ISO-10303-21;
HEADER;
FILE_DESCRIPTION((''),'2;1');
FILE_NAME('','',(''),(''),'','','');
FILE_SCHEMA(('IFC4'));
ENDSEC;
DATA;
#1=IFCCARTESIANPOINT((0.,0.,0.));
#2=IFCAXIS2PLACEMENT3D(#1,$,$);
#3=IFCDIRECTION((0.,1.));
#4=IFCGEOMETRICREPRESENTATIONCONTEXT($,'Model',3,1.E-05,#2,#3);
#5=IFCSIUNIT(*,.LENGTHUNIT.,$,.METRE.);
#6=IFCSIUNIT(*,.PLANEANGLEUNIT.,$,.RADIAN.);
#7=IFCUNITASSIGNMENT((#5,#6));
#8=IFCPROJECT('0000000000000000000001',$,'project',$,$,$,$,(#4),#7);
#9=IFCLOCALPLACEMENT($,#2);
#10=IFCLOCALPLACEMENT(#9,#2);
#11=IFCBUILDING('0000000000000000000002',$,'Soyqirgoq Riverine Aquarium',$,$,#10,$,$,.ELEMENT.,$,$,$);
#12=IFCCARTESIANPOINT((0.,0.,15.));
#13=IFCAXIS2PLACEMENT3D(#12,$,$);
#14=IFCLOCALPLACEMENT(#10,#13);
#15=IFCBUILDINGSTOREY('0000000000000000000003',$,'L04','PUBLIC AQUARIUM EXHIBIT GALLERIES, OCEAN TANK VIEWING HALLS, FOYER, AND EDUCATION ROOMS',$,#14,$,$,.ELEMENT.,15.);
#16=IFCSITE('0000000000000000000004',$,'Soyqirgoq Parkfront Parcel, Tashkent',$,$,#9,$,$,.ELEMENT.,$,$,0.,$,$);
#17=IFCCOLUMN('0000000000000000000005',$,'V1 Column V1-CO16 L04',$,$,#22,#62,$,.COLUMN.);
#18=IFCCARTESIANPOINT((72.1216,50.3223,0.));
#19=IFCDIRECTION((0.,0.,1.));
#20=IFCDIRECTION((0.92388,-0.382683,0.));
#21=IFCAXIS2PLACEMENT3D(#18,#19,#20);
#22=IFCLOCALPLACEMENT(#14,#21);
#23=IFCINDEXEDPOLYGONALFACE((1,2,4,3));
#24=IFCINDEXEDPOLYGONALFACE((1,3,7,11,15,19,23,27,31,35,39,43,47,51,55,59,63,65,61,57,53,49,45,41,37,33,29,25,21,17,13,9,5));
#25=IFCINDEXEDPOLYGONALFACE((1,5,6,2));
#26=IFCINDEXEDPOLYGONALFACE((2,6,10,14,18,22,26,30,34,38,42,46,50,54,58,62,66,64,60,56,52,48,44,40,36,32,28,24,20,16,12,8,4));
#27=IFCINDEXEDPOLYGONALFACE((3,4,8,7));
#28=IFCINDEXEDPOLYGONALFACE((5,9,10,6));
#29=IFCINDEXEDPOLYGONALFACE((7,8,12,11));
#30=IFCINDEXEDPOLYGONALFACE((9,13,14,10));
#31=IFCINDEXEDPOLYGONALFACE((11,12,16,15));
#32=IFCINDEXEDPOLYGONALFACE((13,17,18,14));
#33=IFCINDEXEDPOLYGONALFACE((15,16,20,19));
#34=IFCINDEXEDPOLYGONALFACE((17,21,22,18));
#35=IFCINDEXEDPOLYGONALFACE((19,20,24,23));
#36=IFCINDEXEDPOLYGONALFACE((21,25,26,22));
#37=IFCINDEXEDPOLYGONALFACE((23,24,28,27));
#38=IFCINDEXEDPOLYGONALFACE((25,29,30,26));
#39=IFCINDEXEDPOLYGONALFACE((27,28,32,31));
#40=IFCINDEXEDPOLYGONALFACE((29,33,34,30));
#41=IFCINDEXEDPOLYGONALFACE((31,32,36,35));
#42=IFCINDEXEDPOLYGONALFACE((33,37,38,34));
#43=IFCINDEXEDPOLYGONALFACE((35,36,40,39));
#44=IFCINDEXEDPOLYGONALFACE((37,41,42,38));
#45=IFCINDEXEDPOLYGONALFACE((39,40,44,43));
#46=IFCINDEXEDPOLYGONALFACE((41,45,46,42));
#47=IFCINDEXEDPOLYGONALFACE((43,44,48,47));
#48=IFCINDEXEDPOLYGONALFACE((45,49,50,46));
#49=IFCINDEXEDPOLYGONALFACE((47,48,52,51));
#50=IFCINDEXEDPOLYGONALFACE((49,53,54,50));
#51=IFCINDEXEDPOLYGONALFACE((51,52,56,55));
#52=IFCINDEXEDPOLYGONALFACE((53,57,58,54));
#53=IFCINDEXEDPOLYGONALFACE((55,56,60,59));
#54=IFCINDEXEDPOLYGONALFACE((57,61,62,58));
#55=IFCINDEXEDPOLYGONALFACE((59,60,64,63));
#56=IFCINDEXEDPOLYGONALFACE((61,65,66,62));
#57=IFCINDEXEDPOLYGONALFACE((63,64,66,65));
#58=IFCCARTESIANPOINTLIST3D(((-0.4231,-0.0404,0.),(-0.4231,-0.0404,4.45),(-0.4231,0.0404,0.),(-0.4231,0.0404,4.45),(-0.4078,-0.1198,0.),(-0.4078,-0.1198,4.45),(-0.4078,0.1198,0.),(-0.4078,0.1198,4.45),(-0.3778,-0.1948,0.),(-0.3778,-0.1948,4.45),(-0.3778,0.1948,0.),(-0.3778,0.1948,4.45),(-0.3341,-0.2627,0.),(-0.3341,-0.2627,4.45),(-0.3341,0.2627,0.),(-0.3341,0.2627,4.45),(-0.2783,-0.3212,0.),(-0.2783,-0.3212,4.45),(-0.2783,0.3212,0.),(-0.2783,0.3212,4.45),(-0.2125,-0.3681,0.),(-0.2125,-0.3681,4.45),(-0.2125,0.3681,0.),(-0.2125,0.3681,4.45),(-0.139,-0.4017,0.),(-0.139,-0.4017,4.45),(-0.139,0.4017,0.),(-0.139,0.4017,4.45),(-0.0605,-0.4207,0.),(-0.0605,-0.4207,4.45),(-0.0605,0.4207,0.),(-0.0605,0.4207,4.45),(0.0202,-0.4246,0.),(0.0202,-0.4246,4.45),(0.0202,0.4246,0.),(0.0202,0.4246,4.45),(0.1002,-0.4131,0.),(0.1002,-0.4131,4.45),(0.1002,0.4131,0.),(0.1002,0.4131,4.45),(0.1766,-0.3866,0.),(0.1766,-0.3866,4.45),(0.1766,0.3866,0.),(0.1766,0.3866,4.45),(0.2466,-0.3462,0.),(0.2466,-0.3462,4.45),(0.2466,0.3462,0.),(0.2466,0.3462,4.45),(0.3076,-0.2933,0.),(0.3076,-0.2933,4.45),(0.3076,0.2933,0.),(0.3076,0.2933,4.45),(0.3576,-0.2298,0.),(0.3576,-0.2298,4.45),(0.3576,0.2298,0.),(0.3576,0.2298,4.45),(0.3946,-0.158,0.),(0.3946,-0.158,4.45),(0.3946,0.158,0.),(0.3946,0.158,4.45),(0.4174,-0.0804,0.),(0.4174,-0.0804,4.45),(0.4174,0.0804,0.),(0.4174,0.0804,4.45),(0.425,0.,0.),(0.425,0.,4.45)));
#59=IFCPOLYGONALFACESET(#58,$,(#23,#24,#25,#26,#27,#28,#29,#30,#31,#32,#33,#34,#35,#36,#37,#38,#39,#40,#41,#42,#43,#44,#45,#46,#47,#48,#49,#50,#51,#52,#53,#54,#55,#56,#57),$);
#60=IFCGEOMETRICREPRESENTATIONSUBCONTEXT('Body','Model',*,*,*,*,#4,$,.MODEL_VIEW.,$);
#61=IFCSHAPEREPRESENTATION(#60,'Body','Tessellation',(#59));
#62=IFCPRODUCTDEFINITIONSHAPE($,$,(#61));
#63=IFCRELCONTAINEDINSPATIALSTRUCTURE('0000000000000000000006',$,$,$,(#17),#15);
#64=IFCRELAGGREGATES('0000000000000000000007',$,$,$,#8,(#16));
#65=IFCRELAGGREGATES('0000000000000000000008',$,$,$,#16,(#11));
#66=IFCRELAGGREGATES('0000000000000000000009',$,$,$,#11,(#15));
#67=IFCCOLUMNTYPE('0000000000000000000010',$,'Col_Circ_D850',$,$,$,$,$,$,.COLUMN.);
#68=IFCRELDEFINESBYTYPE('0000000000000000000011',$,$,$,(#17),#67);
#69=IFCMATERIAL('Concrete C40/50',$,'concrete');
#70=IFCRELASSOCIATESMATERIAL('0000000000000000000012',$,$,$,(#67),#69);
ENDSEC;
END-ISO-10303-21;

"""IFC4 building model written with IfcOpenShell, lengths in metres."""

from ifc_helpers import new_model, si_unit, direction, frame, origin, origin_2d, place, context, subcontext, project, spatial, circle, extrude, material, material_profile, profile_set, type_object, element, save


model = new_model("IFC4")

# Units and contexts
model_context = context("Model", 3, precision=1e-05, world=origin(), true_north=direction((0.0, 1.0)))
body_context = subcontext(model_context, "Body", "Model", "MODEL_VIEW")
ifc_project = project(units=[si_unit("LENGTHUNIT", "METRE"), si_unit("PLANEANGLEUNIT", "RADIAN")], contexts=[model_context])

# Site, building, storey
site_placement = place(None, origin())
site = spatial("IfcSite", under=ifc_project, at=site_placement, Name="Soyqirgoq Parkfront Parcel, Tashkent", CompositionType="ELEMENT", RefElevation=0.0)
building_placement = place(site_placement, origin())
building = spatial("IfcBuilding", under=site, at=building_placement, Name="Soyqirgoq Riverine Aquarium", CompositionType="ELEMENT")
storey_placement = place(building_placement, frame((0.0, 0.0, 15.0)))
storey = spatial("IfcBuildingStorey", under=building, at=storey_placement, Name="L04", Description="PUBLIC AQUARIUM EXHIBIT GALLERIES, OCEAN TANK VIEWING HALLS, FOYER, AND EDUCATION ROOMS", CompositionType="ELEMENT", Elevation=15.0)

# Column
ifc_material_1 = material(Name="Concrete C40/50", Category="concrete")
ifc_material_profile_1 = material_profile(ifc_material_1, circle(Radius=0.425, at=origin_2d()), Name="RC-COL D850")
ifc_profile_set_1 = profile_set([ifc_material_profile_1], Name="Concrete C40/50")
column_type = type_object("IfcColumnType", Name="Col_Circ_D850", PredefinedType="COLUMN", material=ifc_profile_set_1)
column_placement = place(storey_placement, frame((72.1216, 50.3223, 0.0), z_axis=(0.0, 0.0, 1.0), x_axis=(0.92388, -0.382683, 0.0)))
element("IfcColumn", 1, at=column_placement, inside=storey, type_object=column_type, Name="V1 Column V1-CO16 L04", PredefinedType="COLUMN", context=body_context, shape_type="SweptSolid", body=[
    extrude(circle(Radius=0.425, at=origin_2d()), origin(), (0.0, 0.0, 1.0), 4.45),
])

save(model, "model.ifc")
